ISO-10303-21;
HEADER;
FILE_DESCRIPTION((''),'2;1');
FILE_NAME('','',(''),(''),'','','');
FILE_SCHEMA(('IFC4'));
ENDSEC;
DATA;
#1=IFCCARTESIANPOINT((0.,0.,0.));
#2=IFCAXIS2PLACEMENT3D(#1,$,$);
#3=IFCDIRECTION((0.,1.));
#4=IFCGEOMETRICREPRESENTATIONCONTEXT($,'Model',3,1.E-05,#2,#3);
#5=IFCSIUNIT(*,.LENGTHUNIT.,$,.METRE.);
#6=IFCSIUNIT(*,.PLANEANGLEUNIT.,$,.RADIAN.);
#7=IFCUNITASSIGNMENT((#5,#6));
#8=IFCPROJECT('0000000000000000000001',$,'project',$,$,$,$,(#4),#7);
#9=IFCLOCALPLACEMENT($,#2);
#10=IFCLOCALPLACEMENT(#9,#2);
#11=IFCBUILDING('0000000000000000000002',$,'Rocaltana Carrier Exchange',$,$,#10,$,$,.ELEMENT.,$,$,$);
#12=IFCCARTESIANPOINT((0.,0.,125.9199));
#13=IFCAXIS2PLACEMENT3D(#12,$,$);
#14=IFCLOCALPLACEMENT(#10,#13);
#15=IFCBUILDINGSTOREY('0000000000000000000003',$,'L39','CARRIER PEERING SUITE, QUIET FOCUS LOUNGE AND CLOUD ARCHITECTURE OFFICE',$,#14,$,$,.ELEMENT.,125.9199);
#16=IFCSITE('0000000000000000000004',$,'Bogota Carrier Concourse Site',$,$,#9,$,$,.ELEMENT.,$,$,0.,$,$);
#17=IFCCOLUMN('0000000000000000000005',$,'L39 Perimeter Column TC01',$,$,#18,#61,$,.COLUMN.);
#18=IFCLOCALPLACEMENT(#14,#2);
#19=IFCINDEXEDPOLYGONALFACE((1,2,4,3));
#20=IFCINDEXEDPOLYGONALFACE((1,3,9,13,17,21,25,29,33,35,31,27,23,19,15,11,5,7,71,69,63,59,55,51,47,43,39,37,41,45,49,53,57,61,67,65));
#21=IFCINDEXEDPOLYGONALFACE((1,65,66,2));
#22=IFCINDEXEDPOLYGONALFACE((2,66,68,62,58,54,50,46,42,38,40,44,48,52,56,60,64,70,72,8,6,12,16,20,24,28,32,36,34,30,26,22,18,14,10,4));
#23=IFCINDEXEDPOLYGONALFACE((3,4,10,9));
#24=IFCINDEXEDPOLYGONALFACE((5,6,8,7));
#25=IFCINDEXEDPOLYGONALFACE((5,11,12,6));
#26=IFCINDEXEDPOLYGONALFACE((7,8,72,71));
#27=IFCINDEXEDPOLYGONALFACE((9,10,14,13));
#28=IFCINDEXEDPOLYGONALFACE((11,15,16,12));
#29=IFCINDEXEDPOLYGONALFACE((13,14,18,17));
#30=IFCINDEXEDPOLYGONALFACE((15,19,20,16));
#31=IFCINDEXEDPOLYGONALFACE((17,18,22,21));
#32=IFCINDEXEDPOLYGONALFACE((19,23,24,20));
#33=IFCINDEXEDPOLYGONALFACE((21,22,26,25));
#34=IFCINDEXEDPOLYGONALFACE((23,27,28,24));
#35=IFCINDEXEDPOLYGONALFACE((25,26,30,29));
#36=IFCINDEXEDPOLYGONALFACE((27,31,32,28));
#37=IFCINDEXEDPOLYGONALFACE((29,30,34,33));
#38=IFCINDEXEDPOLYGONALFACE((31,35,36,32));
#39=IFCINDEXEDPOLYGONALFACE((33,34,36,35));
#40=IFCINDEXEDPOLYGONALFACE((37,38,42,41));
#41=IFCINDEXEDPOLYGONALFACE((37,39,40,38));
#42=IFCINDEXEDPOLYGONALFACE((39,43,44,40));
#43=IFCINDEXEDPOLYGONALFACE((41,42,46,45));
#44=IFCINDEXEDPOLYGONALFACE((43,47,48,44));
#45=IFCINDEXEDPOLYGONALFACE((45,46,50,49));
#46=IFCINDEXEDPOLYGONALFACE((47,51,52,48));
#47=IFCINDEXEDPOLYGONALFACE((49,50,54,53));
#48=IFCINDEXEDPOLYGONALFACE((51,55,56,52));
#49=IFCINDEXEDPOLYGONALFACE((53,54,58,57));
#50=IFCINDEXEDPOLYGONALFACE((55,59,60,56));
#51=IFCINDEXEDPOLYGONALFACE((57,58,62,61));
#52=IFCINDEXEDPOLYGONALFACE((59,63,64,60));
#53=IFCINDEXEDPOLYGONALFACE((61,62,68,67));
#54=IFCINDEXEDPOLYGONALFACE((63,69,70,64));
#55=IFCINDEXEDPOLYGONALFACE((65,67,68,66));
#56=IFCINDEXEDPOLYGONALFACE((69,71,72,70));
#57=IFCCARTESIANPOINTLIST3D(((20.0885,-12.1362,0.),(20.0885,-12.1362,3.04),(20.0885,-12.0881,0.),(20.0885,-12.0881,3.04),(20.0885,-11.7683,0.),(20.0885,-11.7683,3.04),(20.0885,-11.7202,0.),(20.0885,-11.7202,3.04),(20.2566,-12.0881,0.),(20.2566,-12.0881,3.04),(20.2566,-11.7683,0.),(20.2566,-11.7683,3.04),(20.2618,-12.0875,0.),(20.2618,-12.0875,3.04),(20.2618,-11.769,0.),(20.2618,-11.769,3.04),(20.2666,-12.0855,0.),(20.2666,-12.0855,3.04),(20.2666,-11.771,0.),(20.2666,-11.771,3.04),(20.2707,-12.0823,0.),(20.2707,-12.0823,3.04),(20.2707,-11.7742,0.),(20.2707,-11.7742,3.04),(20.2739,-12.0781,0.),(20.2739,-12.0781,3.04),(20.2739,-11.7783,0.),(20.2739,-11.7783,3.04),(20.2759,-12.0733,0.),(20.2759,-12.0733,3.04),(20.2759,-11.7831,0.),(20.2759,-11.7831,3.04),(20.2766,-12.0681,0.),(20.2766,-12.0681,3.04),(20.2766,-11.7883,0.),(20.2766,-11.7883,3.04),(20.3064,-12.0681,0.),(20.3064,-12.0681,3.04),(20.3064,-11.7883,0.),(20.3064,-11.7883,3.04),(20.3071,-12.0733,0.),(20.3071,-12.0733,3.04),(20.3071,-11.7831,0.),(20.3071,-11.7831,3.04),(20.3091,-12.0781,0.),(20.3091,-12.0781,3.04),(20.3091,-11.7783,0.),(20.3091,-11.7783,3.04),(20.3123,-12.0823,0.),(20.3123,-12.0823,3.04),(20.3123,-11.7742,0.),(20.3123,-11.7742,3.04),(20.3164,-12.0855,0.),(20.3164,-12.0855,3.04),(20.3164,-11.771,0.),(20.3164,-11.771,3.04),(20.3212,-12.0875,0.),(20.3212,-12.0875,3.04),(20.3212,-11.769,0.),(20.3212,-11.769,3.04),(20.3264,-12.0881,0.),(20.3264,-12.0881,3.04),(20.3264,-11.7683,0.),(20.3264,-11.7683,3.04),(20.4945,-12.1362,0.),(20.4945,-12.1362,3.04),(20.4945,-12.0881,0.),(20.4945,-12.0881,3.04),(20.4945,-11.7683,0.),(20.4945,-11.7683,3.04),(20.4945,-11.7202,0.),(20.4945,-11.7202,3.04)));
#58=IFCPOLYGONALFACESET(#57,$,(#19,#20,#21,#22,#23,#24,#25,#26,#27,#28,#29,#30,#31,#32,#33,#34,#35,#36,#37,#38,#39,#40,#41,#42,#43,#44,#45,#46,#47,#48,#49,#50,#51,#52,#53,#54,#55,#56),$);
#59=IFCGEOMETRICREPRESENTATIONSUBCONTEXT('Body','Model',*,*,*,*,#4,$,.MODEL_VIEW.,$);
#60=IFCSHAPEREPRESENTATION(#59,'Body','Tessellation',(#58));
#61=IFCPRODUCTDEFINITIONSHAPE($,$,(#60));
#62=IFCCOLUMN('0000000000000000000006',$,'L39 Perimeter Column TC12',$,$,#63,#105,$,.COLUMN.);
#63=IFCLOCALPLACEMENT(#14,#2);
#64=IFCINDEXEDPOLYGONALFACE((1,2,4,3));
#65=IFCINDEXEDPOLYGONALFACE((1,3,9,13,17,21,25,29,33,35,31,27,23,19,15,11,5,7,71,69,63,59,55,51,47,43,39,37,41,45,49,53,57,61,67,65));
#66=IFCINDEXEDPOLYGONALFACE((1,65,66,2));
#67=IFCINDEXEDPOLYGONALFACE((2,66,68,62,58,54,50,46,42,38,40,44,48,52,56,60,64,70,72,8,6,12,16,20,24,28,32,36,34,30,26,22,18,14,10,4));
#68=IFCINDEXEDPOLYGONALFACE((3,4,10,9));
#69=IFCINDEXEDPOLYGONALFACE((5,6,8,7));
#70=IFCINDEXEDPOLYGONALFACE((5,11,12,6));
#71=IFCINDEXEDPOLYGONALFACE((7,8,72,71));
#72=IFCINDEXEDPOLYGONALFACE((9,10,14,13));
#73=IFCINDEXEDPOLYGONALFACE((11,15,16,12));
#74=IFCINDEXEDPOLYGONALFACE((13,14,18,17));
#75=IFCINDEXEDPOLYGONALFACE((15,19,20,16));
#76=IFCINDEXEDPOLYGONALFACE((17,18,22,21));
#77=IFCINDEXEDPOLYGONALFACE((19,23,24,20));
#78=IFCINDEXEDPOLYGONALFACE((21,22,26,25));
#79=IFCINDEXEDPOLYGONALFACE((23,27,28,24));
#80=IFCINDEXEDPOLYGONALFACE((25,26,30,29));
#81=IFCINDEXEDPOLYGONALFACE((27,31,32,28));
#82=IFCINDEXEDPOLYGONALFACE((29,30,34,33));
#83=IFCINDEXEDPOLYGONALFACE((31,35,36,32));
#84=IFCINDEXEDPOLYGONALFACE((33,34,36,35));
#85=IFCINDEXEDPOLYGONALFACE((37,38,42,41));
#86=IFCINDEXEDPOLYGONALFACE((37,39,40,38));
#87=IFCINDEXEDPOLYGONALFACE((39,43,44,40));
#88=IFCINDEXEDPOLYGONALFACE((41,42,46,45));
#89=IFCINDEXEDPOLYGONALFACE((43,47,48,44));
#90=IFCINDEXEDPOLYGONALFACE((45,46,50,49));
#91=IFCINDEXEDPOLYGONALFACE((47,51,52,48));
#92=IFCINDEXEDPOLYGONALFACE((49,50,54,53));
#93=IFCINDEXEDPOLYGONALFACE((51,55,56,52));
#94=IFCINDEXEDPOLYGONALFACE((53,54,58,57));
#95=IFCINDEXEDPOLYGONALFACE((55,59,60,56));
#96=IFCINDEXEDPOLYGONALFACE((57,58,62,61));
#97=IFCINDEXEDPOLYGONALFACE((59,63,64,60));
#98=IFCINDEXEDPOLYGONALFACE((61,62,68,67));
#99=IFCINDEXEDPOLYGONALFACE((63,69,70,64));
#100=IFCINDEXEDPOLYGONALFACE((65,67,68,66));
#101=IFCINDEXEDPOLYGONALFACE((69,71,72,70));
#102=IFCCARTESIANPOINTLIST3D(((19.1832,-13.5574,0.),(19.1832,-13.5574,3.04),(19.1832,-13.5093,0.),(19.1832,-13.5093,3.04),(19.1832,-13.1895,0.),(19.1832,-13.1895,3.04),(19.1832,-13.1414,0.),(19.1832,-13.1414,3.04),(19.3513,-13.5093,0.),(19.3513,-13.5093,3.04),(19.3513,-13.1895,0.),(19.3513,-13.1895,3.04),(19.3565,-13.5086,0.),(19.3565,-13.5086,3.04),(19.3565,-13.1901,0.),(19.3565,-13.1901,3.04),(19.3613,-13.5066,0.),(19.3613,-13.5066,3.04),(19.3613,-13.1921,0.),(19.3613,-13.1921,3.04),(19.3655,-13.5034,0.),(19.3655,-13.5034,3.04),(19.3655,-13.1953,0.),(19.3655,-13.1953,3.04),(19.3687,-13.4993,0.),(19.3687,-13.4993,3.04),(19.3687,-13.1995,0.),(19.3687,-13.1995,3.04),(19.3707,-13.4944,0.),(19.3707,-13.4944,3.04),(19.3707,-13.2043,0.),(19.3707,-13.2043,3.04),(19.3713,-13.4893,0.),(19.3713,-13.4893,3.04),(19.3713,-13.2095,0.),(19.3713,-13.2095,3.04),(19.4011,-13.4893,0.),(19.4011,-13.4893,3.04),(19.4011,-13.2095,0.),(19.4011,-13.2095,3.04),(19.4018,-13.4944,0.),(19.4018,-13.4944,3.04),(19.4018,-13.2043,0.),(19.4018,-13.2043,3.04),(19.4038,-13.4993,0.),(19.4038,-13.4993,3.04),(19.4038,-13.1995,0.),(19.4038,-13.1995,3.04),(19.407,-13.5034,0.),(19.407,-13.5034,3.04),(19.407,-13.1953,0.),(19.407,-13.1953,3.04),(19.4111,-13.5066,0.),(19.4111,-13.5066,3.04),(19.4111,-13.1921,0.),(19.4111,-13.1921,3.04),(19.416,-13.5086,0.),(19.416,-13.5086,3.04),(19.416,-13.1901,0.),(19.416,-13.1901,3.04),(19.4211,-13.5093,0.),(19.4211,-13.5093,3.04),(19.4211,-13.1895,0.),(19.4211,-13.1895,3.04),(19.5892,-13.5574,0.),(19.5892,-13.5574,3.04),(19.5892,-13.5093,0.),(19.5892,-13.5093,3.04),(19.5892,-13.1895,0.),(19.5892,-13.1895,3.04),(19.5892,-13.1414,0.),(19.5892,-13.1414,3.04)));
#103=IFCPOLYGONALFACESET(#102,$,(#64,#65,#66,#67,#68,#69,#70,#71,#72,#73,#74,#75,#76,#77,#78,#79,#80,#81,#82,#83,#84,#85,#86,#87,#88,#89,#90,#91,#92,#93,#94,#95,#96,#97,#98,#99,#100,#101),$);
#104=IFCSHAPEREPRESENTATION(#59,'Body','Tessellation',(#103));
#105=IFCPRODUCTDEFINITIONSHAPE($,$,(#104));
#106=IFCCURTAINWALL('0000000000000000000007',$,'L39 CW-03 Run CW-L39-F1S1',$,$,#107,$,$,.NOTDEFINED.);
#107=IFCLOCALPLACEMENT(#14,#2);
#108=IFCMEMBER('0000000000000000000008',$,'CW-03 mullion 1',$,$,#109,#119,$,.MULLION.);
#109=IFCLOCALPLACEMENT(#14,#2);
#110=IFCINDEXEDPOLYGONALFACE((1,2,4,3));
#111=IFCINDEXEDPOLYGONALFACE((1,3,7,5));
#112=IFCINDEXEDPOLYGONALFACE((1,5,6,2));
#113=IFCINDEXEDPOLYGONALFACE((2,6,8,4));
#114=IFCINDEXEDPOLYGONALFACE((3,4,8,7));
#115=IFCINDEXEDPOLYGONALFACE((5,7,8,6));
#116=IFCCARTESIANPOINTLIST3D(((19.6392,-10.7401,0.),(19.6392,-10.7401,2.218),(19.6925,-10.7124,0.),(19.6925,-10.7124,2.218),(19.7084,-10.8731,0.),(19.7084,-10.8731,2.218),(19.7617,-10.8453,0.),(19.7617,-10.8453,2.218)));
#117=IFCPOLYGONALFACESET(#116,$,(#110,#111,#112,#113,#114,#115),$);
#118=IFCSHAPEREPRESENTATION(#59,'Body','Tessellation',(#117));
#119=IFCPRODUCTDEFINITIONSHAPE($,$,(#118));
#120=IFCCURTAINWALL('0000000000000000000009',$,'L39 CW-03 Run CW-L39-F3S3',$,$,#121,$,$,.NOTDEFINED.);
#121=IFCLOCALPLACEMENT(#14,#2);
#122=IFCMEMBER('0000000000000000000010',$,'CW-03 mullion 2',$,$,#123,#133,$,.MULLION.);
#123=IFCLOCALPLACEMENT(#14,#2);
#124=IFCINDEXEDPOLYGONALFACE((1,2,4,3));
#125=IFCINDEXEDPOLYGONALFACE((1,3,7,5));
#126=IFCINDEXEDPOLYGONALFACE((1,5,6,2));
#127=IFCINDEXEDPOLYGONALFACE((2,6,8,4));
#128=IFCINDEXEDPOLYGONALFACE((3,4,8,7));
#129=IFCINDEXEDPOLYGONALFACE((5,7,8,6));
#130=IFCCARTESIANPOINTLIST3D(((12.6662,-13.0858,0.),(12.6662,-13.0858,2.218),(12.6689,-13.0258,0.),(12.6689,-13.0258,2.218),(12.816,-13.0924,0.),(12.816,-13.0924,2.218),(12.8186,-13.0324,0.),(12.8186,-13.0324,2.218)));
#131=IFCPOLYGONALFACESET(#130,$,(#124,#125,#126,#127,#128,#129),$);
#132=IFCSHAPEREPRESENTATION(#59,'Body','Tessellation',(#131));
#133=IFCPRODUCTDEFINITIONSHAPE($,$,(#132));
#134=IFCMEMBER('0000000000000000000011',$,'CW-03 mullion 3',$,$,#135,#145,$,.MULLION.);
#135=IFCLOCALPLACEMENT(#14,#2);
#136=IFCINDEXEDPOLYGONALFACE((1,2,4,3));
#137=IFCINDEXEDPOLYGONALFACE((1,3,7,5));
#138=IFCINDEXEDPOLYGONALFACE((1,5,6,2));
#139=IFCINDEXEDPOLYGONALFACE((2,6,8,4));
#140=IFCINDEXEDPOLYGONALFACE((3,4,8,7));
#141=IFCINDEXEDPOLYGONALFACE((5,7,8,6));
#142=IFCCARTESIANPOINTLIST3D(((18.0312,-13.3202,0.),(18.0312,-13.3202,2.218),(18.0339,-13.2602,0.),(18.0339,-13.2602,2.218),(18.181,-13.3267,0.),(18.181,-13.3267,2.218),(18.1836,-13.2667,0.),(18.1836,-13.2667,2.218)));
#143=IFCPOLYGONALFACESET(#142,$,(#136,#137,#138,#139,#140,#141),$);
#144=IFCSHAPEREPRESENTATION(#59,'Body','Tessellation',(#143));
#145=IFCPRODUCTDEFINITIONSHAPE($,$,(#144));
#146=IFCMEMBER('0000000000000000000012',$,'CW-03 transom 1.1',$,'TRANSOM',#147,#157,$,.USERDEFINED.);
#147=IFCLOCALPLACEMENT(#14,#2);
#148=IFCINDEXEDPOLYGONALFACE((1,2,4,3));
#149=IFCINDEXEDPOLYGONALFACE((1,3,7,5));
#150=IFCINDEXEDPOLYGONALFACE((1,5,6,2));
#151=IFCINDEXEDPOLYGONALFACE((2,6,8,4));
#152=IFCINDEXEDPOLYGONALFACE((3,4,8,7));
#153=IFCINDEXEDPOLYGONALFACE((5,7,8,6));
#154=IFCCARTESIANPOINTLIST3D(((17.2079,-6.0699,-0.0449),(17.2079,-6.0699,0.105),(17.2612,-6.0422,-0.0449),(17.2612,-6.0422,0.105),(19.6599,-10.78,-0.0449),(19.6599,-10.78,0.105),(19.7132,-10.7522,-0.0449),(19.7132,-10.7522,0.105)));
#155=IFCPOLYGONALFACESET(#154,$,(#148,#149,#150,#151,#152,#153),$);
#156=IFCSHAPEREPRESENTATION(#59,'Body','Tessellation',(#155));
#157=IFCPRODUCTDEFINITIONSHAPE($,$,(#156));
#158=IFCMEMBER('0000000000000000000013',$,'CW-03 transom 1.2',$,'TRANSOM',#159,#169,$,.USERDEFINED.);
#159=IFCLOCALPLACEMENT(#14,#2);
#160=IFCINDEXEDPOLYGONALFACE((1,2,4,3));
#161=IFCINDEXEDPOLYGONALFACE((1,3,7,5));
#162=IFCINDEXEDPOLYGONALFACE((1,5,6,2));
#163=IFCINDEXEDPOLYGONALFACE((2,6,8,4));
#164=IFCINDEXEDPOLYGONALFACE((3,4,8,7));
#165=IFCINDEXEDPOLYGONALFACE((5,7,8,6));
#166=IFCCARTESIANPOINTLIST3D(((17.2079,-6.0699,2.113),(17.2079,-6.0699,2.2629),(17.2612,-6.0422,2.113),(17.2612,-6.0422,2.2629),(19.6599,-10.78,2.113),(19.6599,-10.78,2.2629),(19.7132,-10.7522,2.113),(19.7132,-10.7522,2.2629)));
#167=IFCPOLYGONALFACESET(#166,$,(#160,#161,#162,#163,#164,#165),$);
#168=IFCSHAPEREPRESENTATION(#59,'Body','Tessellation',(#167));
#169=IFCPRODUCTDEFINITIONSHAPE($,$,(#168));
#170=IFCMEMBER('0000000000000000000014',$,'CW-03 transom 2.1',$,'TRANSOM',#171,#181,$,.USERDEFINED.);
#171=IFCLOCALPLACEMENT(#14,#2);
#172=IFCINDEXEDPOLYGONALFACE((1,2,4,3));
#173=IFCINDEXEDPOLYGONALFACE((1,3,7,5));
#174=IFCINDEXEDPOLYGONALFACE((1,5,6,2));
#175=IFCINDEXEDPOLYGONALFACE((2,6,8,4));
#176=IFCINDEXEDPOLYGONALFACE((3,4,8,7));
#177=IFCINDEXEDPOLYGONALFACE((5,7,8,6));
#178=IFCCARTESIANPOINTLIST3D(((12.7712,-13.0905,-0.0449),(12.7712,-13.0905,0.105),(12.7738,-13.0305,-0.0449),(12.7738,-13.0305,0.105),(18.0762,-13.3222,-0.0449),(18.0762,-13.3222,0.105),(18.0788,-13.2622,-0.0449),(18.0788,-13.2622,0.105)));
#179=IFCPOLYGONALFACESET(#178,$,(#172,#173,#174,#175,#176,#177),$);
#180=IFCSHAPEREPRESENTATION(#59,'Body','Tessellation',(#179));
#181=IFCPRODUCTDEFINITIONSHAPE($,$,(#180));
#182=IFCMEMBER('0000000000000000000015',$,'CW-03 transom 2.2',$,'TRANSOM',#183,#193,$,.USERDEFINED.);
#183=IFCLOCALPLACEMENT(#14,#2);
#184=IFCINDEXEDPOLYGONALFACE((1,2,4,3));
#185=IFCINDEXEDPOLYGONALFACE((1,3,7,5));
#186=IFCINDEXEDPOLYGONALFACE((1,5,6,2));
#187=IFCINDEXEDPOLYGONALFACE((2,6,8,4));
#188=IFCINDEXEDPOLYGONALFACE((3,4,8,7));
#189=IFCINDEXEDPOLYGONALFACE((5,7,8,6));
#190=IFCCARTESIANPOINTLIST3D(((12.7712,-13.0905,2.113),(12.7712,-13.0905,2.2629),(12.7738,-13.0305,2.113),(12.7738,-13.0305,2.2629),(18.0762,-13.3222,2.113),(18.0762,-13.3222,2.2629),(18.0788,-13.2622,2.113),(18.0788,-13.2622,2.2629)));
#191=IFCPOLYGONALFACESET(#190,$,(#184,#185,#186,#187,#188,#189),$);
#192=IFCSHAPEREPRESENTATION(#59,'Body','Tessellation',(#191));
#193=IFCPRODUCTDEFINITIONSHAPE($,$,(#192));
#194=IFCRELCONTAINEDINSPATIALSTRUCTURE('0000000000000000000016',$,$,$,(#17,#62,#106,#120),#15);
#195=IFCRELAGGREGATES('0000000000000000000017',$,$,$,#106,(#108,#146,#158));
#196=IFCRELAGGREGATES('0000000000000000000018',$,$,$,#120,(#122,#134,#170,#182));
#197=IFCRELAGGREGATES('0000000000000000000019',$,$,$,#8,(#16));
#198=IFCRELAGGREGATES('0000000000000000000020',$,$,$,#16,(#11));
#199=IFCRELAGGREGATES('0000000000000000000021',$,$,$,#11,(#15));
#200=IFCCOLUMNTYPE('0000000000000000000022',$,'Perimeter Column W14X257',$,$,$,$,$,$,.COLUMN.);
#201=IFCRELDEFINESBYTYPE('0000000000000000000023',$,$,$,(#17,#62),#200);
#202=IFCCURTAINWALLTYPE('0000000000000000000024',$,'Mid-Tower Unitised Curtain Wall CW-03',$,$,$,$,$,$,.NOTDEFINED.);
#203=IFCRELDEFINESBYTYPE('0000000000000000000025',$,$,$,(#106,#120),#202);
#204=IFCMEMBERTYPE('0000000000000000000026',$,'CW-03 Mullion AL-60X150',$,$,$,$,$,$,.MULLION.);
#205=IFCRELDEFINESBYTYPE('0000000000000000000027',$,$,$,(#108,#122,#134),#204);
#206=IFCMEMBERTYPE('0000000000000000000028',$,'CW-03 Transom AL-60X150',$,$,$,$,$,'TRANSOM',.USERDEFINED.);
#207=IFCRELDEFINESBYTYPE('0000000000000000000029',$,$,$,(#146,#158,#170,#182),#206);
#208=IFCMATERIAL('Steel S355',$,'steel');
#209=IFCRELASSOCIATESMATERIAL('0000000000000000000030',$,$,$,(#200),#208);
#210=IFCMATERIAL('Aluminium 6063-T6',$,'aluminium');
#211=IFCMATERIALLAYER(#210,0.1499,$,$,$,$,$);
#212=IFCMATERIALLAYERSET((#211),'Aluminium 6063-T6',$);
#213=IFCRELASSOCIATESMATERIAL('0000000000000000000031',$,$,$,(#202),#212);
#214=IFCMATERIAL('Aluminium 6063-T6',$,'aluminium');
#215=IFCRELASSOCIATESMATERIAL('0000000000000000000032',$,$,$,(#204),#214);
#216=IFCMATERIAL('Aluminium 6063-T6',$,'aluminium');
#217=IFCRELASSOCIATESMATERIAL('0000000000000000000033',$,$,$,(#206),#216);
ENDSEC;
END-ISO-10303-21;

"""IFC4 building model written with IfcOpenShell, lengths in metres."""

from ifc_helpers import new_model, si_unit, direction, frame, origin, origin_2d, place, context, subcontext, project, spatial, rectangle, i_section, extrude, material, layer, layer_set, material_profile, profile_set, type_object, element, aggregate, save


model = new_model("IFC4")

# Units and contexts
model_context = context("Model", 3, precision=1e-05, world=origin(), true_north=direction((0.0, 1.0)))
body_context = subcontext(model_context, "Body", "Model", "MODEL_VIEW")
ifc_project = project(units=[si_unit("LENGTHUNIT", "METRE"), si_unit("PLANEANGLEUNIT", "RADIAN")], contexts=[model_context])

# Site, building, storey
site_placement = place(None, origin())
site = spatial("IfcSite", under=ifc_project, at=site_placement, Name="Bogota Carrier Concourse Site", CompositionType="ELEMENT", RefElevation=0.0)
building_placement = place(site_placement, origin())
building = spatial("IfcBuilding", under=site, at=building_placement, Name="Rocaltana Carrier Exchange", CompositionType="ELEMENT")
storey_placement = place(building_placement, frame((0.0, 0.0, 125.9199)))
storey = spatial("IfcBuildingStorey", under=building, at=storey_placement, Name="L39", Description="CARRIER PEERING SUITE, QUIET FOCUS LOUNGE AND CLOUD ARCHITECTURE OFFICE", CompositionType="ELEMENT", Elevation=125.9199)

# Columns
ifc_material_1 = material(Name="Steel S355", Category="steel")
ifc_material_profile_1 = material_profile(ifc_material_1, i_section(OverallWidth=0.406, OverallDepth=0.416, WebThickness=0.0298, FlangeThickness=0.0481, FilletRadius=0.02, at=origin_2d()), Name="W14X257")
ifc_profile_set_1 = profile_set([ifc_material_profile_1], Name="Steel S355")
column_type = type_object("IfcColumnType", Name="Perimeter Column W14X257", PredefinedType="COLUMN", material=ifc_profile_set_1)
for number, where, z_axis, x_axis, name in (
    (1, (20.2915, -11.9282, 0.0), (0.0, 0.0, 1.0), (1.0, 0.0, 0.0), "L39 Perimeter Column TC01"),
    (2, (19.3862, -13.3494, 0.0), (0.0, 0.0, 1.0), (1.0, 0.0, 0.0), "L39 Perimeter Column TC12"),
):
    element("IfcColumn", number, at=place(storey_placement, frame(where, z_axis=z_axis, x_axis=x_axis)), inside=storey, type_object=column_type, Name=name, PredefinedType="COLUMN", context=body_context, shape_type="SweptSolid", body=[
        extrude(i_section(OverallWidth=0.406, OverallDepth=0.416, WebThickness=0.0298, FlangeThickness=0.0481, FilletRadius=0.02, at=origin_2d()), origin(), (0.0, 0.0, 1.0), 3.04),
    ])

# Curtain wall, member
ifc_material_2 = material(Name="Aluminium 6063-T6", Category="aluminium")
ifc_layer_1 = layer(ifc_material_2, 0.1499)
ifc_layer_set_1 = layer_set([ifc_layer_1], Name="Aluminium 6063-T6")
curtain_wall_type = type_object("IfcCurtainWallType", Name="Mid-Tower Unitised Curtain Wall CW-03", PredefinedType="NOTDEFINED", material=ifc_layer_set_1)
curtain_wall_1_placement = place(storey_placement, origin())
curtain_wall_1 = element("IfcCurtainWall", 3, at=curtain_wall_1_placement, inside=storey, type_object=curtain_wall_type, Name="L39 CW-03 Run CW-L39-F1S1", PredefinedType="NOTDEFINED")
ifc_material_3 = material(Name="Aluminium 6063-T6", Category="aluminium")
ifc_material_profile_2 = material_profile(ifc_material_3, rectangle(XDim=0.0601, YDim=0.1499, at=origin_2d()), Name="AL-60X150")
ifc_profile_set_2 = profile_set([ifc_material_profile_2], Name="Aluminium 6063-T6")
member_type_1 = type_object("IfcMemberType", Name="CW-03 Mullion AL-60X150", PredefinedType="MULLION", material=ifc_profile_set_2)
member_1_placement = place(storey_placement, frame((19.7004, -10.7927, 0.0), z_axis=(0.0, 0.0, 1.0), x_axis=(-0.88701, -0.46175, 0.0)))
member_1 = element("IfcMember", 4, at=member_1_placement, type_object=member_type_1, Name="CW-03 mullion 1", PredefinedType="MULLION", context=body_context, shape_type="SweptSolid", body=[
    extrude(rectangle(XDim=0.0601, YDim=0.1499, at=origin_2d()), origin(), (0.0, 0.0, 1.0), 2.218),
])

# Curtain wall, members
curtain_wall_2_placement = place(storey_placement, origin())
curtain_wall_2 = element("IfcCurtainWall", 5, at=curtain_wall_2_placement, inside=storey, type_object=curtain_wall_type, Name="L39 CW-03 Run CW-L39-F3S3", PredefinedType="NOTDEFINED")
member_2_placement = place(storey_placement, frame((12.7424, -13.0591, 0.0), z_axis=(0.0, 0.0, 1.0), x_axis=(0.043629, 0.999048, 0.0)))
member_2 = element("IfcMember", 6, at=member_2_placement, type_object=member_type_1, Name="CW-03 mullion 2", PredefinedType="MULLION", context=body_context, shape_type="SweptSolid", body=[
    extrude(rectangle(XDim=0.0601, YDim=0.1499, at=origin_2d()), origin(), (0.0, 0.0, 1.0), 2.218),
])
member_3_placement = place(storey_placement, frame((18.1074, -13.2935, 0.0), z_axis=(0.0, 0.0, 1.0), x_axis=(0.043629, 0.999048, 0.0)))
member_3 = element("IfcMember", 7, at=member_3_placement, type_object=member_type_1, Name="CW-03 mullion 3", PredefinedType="MULLION", context=body_context, shape_type="SweptSolid", body=[
    extrude(rectangle(XDim=0.0601, YDim=0.1499, at=origin_2d()), origin(), (0.0, 0.0, 1.0), 2.218),
])

# Members
ifc_material_4 = material(Name="Aluminium 6063-T6", Category="aluminium")
ifc_material_profile_3 = material_profile(ifc_material_4, rectangle(XDim=0.0601, YDim=0.1499, at=origin_2d()), Name="AL-60X150")
ifc_profile_set_3 = profile_set([ifc_material_profile_3], Name="Aluminium 6063-T6")
member_type_2 = type_object("IfcMemberType", Name="CW-03 Transom AL-60X150", ElementType="TRANSOM", PredefinedType="USERDEFINED", material=ifc_profile_set_3)
member_4_placement = place(storey_placement, frame((19.6865, -10.7661, 0.03), z_axis=(-0.461757, 0.887007, 0.0), x_axis=(-0.887007, -0.461757, 0.0)))
member_4 = element("IfcMember", 8, at=member_4_placement, type_object=member_type_2, Name="CW-03 transom 1.1", ObjectType="TRANSOM", PredefinedType="USERDEFINED", context=body_context, shape_type="SweptSolid", body=[
    extrude(rectangle(XDim=0.0601, YDim=0.1499, at=origin_2d()), origin(), (0.0, 0.0, 1.0), 5.3101),
])
member_5_placement = place(storey_placement, frame((19.6865, -10.7661, 2.188), z_axis=(-0.461757, 0.887007, 0.0), x_axis=(-0.887007, -0.461757, 0.0)))
member_5 = element("IfcMember", 9, at=member_5_placement, type_object=member_type_2, Name="CW-03 transom 1.2", ObjectType="TRANSOM", PredefinedType="USERDEFINED", context=body_context, shape_type="SweptSolid", body=[
    extrude(rectangle(XDim=0.0601, YDim=0.1499, at=origin_2d()), origin(), (0.0, 0.0, 1.0), 5.3101),
])
aggregate(curtain_wall_1, [member_1, member_4, member_5])
member_6_placement = place(storey_placement, frame((12.7725, -13.0605, 0.03), z_axis=(0.999048, -0.043633, 0.0), x_axis=(0.043633, 0.999048, 0.0)))
member_6 = element("IfcMember", 10, at=member_6_placement, type_object=member_type_2, Name="CW-03 transom 2.1", ObjectType="TRANSOM", PredefinedType="USERDEFINED", context=body_context, shape_type="SweptSolid", body=[
    extrude(rectangle(XDim=0.0601, YDim=0.1499, at=origin_2d()), origin(), (0.0, 0.0, 1.0), 5.3101),
])
member_7_placement = place(storey_placement, frame((12.7725, -13.0605, 2.188), z_axis=(0.999048, -0.043633, 0.0), x_axis=(0.043633, 0.999048, 0.0)))
member_7 = element("IfcMember", 11, at=member_7_placement, type_object=member_type_2, Name="CW-03 transom 2.2", ObjectType="TRANSOM", PredefinedType="USERDEFINED", context=body_context, shape_type="SweptSolid", body=[
    extrude(rectangle(XDim=0.0601, YDim=0.1499, at=origin_2d()), origin(), (0.0, 0.0, 1.0), 5.3101),
])

aggregate(curtain_wall_2, [member_2, member_3, member_6, member_7])

save(model, "model.ifc")
